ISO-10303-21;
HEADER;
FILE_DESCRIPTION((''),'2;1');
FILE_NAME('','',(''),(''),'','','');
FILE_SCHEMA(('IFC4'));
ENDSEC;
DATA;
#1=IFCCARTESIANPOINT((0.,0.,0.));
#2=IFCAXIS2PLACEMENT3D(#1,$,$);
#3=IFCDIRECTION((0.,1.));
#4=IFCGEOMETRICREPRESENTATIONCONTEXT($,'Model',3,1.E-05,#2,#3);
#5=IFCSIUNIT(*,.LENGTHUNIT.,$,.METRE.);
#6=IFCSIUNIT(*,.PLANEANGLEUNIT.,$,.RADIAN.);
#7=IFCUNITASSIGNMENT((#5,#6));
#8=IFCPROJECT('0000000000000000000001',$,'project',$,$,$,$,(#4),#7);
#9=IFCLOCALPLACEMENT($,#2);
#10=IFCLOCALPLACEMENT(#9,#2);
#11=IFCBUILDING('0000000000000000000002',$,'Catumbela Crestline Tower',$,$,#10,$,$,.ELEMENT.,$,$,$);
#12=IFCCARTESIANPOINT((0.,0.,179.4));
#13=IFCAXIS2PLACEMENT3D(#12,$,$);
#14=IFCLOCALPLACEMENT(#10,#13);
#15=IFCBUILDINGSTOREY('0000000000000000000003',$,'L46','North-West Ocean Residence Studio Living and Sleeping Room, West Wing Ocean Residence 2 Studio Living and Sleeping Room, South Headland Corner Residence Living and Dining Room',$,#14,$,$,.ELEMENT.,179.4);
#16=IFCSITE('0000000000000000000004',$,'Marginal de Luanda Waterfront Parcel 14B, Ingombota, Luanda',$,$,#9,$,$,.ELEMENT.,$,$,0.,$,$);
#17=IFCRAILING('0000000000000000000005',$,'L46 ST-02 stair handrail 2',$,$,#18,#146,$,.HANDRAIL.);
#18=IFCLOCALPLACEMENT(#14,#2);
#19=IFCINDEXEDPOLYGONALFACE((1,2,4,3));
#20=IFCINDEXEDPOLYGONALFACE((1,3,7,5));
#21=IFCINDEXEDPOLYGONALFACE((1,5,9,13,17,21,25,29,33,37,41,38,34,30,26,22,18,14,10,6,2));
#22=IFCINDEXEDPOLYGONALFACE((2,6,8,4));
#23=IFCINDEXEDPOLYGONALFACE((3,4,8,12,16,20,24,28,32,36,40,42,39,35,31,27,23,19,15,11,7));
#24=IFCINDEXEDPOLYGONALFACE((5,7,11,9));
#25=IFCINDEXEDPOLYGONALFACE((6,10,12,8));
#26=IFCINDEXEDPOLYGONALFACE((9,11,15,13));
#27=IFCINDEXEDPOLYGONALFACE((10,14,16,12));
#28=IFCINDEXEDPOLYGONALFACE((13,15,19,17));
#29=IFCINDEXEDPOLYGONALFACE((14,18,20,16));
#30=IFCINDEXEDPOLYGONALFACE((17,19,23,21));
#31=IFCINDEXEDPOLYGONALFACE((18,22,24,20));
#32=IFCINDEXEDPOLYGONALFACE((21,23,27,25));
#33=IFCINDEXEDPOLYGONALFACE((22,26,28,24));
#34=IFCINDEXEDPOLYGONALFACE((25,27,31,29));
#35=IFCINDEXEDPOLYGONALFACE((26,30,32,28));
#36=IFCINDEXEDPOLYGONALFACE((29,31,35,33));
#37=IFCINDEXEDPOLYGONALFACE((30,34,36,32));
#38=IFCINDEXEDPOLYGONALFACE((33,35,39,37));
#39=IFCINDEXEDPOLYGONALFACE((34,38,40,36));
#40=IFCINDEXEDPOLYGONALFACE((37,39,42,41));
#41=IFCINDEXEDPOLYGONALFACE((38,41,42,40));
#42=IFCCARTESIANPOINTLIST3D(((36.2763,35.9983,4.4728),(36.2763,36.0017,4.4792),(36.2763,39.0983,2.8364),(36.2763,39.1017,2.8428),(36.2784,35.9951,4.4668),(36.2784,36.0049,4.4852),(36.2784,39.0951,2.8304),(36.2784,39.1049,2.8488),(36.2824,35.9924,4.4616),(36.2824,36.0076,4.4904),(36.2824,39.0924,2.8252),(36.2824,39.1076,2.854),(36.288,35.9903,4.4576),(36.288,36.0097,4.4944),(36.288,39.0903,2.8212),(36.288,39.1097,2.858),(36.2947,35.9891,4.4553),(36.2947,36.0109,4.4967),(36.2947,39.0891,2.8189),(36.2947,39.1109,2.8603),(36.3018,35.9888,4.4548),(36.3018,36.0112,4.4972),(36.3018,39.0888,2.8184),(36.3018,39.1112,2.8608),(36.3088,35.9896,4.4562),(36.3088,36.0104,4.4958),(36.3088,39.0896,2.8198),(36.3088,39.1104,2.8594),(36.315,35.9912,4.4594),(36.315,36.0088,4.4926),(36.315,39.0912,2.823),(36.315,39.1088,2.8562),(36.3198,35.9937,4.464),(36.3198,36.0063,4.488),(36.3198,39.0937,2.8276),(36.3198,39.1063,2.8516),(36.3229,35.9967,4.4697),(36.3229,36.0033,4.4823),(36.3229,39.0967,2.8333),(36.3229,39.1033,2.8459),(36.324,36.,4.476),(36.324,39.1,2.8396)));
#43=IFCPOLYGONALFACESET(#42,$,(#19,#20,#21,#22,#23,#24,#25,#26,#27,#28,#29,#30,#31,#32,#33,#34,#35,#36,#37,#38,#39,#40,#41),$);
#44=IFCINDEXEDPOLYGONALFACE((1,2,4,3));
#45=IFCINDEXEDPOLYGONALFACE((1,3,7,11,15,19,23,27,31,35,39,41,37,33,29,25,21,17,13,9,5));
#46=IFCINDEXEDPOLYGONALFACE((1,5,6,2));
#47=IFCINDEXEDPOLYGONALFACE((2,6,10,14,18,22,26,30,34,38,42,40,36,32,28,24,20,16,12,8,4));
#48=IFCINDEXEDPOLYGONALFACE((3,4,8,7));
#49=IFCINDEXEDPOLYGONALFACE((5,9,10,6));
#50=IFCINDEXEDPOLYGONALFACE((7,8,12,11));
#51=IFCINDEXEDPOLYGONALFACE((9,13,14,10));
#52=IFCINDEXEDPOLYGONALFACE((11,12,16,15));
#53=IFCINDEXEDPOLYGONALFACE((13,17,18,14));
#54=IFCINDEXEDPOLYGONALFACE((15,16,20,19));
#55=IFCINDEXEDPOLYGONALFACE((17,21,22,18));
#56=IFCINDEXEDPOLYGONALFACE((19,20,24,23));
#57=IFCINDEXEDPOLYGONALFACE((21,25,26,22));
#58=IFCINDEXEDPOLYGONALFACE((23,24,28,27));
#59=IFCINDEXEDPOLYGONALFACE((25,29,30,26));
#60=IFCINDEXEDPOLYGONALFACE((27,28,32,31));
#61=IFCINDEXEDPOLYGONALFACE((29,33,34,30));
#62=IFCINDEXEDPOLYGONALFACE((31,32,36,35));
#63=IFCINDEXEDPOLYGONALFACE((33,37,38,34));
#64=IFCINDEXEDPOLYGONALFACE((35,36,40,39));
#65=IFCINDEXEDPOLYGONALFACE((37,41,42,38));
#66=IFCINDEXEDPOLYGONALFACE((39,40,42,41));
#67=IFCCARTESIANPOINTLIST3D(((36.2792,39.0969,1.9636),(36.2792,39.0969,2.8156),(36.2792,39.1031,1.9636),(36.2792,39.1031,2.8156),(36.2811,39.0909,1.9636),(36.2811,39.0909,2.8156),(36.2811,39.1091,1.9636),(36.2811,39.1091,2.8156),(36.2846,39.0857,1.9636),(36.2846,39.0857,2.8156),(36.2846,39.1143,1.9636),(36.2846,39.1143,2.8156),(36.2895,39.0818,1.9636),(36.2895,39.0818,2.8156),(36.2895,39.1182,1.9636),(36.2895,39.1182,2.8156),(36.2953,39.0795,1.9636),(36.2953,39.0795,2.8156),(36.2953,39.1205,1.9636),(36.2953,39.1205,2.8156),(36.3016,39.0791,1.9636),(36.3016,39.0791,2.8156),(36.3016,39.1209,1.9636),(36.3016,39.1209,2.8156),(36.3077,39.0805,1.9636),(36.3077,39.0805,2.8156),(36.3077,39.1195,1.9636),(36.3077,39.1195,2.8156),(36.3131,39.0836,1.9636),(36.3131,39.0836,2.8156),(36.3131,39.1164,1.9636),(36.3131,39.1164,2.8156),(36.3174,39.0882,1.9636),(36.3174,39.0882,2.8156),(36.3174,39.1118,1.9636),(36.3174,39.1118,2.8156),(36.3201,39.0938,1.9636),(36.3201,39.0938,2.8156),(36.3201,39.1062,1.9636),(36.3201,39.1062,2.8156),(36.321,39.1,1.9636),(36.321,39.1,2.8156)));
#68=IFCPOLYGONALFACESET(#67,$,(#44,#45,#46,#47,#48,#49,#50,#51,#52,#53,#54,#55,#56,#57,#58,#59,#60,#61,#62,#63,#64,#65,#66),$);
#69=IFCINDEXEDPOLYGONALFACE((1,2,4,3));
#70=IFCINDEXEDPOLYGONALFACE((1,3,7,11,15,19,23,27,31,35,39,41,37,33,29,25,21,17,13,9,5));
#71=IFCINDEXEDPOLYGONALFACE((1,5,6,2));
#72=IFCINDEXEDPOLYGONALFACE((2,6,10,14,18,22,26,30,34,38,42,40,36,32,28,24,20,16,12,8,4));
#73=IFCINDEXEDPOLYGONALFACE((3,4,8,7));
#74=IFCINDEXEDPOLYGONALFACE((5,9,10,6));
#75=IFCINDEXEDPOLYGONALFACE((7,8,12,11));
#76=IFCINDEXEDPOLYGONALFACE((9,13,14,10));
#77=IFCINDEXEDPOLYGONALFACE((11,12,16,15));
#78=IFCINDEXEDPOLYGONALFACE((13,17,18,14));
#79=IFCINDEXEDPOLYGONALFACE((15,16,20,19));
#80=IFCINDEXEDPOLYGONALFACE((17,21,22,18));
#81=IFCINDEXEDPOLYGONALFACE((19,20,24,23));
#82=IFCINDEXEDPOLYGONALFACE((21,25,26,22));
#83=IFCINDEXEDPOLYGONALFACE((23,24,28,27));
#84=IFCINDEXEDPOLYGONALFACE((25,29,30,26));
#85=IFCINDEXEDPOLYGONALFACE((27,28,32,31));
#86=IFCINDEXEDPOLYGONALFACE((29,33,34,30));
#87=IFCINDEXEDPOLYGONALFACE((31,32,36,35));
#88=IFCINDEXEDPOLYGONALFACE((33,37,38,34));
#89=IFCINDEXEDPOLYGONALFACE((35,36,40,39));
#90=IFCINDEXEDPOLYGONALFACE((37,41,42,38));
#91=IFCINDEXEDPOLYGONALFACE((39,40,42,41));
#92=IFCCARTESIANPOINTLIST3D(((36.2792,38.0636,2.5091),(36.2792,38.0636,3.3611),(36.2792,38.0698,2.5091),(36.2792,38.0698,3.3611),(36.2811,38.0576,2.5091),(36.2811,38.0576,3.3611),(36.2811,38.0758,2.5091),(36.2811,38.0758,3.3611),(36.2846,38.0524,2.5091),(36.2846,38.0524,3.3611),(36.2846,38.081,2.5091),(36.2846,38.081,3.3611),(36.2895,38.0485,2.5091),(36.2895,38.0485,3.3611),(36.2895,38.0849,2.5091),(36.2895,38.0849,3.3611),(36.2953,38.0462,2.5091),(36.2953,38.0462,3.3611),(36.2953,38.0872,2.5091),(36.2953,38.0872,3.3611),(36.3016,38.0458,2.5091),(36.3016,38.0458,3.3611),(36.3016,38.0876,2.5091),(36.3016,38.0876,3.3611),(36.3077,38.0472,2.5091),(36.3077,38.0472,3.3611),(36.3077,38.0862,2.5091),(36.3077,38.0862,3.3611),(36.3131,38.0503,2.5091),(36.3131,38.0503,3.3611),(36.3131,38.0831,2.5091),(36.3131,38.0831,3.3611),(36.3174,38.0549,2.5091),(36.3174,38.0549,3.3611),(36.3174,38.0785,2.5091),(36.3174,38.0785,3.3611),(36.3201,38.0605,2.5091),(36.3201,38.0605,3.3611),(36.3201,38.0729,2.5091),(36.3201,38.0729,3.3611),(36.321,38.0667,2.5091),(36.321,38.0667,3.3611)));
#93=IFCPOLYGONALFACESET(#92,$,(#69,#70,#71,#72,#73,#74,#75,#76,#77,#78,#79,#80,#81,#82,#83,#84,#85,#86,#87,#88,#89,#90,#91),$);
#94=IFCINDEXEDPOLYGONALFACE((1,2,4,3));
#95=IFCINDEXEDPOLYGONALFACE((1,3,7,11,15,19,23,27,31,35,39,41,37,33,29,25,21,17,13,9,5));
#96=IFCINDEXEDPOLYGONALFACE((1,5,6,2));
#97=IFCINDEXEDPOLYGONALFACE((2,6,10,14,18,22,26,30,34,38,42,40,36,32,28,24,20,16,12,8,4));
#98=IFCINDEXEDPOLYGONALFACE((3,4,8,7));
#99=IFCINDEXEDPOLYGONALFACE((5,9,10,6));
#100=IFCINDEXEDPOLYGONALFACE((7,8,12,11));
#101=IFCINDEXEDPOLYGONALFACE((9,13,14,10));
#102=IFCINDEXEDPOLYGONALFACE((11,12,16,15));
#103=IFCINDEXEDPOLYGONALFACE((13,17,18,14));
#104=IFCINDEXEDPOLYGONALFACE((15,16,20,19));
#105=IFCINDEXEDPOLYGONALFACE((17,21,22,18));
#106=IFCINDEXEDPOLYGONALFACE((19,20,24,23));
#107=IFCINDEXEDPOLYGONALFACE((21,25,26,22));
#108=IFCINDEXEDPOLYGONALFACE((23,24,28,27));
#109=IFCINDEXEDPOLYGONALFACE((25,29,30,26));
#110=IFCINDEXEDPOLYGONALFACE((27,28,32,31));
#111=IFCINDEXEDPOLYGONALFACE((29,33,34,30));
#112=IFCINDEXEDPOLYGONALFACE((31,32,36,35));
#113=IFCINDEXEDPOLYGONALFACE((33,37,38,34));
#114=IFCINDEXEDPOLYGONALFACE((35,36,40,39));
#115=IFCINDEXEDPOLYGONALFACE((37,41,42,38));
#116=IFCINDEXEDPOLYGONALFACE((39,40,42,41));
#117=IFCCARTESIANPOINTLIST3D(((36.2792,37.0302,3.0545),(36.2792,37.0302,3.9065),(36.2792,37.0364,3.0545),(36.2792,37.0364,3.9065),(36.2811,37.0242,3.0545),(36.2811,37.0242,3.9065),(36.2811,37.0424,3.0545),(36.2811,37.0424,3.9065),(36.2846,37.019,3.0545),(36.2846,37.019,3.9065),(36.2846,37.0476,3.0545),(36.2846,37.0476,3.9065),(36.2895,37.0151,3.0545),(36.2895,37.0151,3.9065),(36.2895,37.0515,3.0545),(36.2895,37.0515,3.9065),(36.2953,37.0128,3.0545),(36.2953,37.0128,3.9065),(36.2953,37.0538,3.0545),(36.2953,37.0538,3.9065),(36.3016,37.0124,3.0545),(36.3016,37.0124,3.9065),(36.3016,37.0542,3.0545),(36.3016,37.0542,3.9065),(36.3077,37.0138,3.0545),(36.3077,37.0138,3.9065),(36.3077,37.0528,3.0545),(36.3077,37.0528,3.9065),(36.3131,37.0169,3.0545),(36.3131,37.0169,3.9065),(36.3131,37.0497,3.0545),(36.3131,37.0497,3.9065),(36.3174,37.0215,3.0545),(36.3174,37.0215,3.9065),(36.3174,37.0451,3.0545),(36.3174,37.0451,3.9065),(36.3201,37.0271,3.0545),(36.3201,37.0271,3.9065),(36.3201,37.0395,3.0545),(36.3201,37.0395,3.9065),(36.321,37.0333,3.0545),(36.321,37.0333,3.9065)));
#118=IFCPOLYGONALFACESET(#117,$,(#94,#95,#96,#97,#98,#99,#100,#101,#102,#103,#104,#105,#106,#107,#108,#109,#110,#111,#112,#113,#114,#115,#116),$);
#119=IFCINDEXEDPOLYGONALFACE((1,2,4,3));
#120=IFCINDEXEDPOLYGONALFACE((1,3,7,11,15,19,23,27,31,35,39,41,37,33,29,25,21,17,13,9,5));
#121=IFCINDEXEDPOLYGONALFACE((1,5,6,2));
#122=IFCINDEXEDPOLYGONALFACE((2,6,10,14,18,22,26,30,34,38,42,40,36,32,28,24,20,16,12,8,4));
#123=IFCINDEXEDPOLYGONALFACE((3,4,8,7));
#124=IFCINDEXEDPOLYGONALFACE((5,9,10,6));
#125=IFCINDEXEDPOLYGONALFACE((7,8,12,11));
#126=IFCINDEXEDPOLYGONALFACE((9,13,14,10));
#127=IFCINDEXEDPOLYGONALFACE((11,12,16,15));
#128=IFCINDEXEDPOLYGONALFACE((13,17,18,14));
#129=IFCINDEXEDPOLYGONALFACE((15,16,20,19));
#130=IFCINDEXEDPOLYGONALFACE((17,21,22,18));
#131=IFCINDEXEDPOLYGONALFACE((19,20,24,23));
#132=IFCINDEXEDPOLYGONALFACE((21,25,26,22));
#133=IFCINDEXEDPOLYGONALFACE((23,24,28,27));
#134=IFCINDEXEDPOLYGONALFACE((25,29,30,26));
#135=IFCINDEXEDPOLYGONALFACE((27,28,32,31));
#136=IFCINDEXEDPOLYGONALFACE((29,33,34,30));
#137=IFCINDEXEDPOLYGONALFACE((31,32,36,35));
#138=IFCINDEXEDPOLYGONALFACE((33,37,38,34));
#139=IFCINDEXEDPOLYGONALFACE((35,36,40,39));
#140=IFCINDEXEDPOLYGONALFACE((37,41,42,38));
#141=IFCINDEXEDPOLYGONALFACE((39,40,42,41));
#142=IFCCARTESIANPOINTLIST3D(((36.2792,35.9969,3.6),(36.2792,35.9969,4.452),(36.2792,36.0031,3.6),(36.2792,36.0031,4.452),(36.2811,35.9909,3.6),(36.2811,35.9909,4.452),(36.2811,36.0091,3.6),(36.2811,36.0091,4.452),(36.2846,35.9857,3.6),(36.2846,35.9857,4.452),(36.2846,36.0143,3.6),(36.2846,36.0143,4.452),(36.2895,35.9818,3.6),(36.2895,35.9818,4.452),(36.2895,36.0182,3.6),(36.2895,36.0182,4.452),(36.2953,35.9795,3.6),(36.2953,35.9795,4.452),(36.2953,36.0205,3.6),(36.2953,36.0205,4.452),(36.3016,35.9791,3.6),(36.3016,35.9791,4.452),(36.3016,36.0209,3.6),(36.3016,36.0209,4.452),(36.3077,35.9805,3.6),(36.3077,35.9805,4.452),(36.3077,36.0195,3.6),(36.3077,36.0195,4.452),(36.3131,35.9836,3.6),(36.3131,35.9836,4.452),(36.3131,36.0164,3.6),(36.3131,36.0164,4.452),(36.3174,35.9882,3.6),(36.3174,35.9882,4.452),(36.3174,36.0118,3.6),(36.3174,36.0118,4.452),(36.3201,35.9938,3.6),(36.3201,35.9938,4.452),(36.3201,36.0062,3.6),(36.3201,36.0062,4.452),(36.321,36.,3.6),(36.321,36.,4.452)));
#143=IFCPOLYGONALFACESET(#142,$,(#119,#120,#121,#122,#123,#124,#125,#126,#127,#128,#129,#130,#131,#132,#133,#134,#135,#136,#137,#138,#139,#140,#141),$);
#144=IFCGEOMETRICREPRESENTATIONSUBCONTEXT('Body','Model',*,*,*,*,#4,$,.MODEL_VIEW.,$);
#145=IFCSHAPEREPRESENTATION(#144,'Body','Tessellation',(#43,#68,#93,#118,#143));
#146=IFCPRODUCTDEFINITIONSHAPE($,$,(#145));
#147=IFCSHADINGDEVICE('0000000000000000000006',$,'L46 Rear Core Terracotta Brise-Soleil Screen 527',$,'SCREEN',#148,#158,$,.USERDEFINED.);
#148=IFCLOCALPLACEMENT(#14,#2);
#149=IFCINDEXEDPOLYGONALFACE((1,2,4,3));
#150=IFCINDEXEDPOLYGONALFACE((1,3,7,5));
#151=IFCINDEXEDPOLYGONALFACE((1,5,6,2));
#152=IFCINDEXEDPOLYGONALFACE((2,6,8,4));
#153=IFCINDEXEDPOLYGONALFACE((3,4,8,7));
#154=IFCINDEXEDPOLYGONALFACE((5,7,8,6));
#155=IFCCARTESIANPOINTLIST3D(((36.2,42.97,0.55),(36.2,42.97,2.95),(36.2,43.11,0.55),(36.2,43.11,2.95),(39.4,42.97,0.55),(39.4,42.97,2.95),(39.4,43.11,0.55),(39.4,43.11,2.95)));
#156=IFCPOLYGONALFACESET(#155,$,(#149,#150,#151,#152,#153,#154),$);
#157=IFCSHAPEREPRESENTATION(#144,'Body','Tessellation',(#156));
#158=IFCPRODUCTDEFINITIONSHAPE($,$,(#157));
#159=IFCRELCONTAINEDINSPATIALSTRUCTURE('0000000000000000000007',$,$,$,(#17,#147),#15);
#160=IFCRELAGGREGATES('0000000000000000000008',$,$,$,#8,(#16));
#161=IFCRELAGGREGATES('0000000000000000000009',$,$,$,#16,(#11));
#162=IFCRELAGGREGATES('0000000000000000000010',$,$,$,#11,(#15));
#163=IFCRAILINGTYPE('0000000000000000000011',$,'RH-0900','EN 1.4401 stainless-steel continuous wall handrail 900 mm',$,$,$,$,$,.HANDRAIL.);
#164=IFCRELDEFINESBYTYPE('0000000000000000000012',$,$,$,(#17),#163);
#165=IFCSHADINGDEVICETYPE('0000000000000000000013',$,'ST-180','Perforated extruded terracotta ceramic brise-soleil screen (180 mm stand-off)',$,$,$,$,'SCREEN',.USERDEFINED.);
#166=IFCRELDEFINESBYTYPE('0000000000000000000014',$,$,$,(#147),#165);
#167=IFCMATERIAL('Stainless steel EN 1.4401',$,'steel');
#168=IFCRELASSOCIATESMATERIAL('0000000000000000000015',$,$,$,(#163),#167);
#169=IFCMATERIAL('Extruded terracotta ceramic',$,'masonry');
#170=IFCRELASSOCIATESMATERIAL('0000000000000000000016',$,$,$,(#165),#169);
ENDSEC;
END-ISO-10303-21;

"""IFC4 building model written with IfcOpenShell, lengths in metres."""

from ifc_helpers import new_model, si_unit, direction, frame, origin, origin_2d, place, context, subcontext, project, spatial, rectangle, circle, extrude, material, type_object, element, save


model = new_model("IFC4")

# Units and contexts
model_context = context("Model", 3, precision=1e-05, world=origin(), true_north=direction((0.0, 1.0)))
body_context = subcontext(model_context, "Body", "Model", "MODEL_VIEW")
ifc_project = project(units=[si_unit("LENGTHUNIT", "METRE"), si_unit("PLANEANGLEUNIT", "RADIAN")], contexts=[model_context])

# Site, building, storey
site_placement = place(None, origin())
site = spatial("IfcSite", under=ifc_project, at=site_placement, Name="Marginal de Luanda Waterfront Parcel 14B, Ingombota, Luanda", CompositionType="ELEMENT", RefElevation=0.0)
building_placement = place(site_placement, origin())
building = spatial("IfcBuilding", under=site, at=building_placement, Name="Catumbela Crestline Tower", CompositionType="ELEMENT")
storey_placement = place(building_placement, frame((0.0, 0.0, 179.4)))
storey = spatial("IfcBuildingStorey", under=building, at=storey_placement, Name="L46", Description="North-West Ocean Residence Studio Living and Sleeping Room, West Wing Ocean Residence 2 Studio Living and Sleeping Room, South Headland Corner Residence Living and Dining Room", CompositionType="ELEMENT", Elevation=179.4)

# Shared definitions
ifc_material_1 = material(Name="Stainless steel EN 1.4401", Category="steel")

# Railing
railing_type_1 = type_object("IfcRailingType", Name="RH-0900", Description="EN 1.4401 stainless-steel continuous wall handrail 900 mm", PredefinedType="HANDRAIL", material=ifc_material_1)
railing_1_placement = place(storey_placement, frame((36.3, 39.1, 1.9636)))
element("IfcRailing", 1, at=railing_1_placement, inside=storey, type_object=railing_type_1, Name="L46 ST-02 stair handrail 2", PredefinedType="HANDRAIL", context=body_context, shape_type="SweptSolid", body=[
    extrude(circle(Radius=0.024, at=origin_2d()), frame((0.0, 0.0, 0.876), z_axis=(0.0, -0.884351, 0.466823), x_axis=(1.0, 0.0, 0.0)), (0.0, 0.0, 1.0), 3.5054),
    extrude(circle(Radius=0.021, at=origin_2d()), origin(), (0.0, 0.0, 1.0), 0.852),
    extrude(circle(Radius=0.021, at=origin_2d()), frame((0.0, -1.0333, 0.5455)), (0.0, 0.0, 1.0), 0.852),
    extrude(circle(Radius=0.021, at=origin_2d()), frame((0.0, -2.0667, 1.0909)), (0.0, 0.0, 1.0), 0.852),
    extrude(circle(Radius=0.021, at=origin_2d()), frame((0.0, -3.1, 1.6364)), (0.0, 0.0, 1.0), 0.852),
])

# Shading device
ifc_material_2 = material(Name="Extruded terracotta ceramic", Category="masonry")
shading_device_type = type_object("IfcShadingDeviceType", Name="ST-180", Description="Perforated extruded terracotta ceramic brise-soleil screen (180 mm stand-off)", ElementType="SCREEN", PredefinedType="USERDEFINED", material=ifc_material_2)
shading_device_placement = place(storey_placement, frame((37.8, 43.04, 0.55), z_axis=(0.0, 0.0, 1.0), x_axis=(1.0, 0.0, 0.0)))
element("IfcShadingDevice", 2, at=shading_device_placement, inside=storey, type_object=shading_device_type, Name="L46 Rear Core Terracotta Brise-Soleil Screen 527", ObjectType="SCREEN", PredefinedType="USERDEFINED", context=body_context, shape_type="SweptSolid", body=[
    extrude(rectangle(XDim=3.2, YDim=0.14, at=origin_2d()), origin(), (0.0, 0.0, 1.0), 2.4),
])

save(model, "model.ifc")
